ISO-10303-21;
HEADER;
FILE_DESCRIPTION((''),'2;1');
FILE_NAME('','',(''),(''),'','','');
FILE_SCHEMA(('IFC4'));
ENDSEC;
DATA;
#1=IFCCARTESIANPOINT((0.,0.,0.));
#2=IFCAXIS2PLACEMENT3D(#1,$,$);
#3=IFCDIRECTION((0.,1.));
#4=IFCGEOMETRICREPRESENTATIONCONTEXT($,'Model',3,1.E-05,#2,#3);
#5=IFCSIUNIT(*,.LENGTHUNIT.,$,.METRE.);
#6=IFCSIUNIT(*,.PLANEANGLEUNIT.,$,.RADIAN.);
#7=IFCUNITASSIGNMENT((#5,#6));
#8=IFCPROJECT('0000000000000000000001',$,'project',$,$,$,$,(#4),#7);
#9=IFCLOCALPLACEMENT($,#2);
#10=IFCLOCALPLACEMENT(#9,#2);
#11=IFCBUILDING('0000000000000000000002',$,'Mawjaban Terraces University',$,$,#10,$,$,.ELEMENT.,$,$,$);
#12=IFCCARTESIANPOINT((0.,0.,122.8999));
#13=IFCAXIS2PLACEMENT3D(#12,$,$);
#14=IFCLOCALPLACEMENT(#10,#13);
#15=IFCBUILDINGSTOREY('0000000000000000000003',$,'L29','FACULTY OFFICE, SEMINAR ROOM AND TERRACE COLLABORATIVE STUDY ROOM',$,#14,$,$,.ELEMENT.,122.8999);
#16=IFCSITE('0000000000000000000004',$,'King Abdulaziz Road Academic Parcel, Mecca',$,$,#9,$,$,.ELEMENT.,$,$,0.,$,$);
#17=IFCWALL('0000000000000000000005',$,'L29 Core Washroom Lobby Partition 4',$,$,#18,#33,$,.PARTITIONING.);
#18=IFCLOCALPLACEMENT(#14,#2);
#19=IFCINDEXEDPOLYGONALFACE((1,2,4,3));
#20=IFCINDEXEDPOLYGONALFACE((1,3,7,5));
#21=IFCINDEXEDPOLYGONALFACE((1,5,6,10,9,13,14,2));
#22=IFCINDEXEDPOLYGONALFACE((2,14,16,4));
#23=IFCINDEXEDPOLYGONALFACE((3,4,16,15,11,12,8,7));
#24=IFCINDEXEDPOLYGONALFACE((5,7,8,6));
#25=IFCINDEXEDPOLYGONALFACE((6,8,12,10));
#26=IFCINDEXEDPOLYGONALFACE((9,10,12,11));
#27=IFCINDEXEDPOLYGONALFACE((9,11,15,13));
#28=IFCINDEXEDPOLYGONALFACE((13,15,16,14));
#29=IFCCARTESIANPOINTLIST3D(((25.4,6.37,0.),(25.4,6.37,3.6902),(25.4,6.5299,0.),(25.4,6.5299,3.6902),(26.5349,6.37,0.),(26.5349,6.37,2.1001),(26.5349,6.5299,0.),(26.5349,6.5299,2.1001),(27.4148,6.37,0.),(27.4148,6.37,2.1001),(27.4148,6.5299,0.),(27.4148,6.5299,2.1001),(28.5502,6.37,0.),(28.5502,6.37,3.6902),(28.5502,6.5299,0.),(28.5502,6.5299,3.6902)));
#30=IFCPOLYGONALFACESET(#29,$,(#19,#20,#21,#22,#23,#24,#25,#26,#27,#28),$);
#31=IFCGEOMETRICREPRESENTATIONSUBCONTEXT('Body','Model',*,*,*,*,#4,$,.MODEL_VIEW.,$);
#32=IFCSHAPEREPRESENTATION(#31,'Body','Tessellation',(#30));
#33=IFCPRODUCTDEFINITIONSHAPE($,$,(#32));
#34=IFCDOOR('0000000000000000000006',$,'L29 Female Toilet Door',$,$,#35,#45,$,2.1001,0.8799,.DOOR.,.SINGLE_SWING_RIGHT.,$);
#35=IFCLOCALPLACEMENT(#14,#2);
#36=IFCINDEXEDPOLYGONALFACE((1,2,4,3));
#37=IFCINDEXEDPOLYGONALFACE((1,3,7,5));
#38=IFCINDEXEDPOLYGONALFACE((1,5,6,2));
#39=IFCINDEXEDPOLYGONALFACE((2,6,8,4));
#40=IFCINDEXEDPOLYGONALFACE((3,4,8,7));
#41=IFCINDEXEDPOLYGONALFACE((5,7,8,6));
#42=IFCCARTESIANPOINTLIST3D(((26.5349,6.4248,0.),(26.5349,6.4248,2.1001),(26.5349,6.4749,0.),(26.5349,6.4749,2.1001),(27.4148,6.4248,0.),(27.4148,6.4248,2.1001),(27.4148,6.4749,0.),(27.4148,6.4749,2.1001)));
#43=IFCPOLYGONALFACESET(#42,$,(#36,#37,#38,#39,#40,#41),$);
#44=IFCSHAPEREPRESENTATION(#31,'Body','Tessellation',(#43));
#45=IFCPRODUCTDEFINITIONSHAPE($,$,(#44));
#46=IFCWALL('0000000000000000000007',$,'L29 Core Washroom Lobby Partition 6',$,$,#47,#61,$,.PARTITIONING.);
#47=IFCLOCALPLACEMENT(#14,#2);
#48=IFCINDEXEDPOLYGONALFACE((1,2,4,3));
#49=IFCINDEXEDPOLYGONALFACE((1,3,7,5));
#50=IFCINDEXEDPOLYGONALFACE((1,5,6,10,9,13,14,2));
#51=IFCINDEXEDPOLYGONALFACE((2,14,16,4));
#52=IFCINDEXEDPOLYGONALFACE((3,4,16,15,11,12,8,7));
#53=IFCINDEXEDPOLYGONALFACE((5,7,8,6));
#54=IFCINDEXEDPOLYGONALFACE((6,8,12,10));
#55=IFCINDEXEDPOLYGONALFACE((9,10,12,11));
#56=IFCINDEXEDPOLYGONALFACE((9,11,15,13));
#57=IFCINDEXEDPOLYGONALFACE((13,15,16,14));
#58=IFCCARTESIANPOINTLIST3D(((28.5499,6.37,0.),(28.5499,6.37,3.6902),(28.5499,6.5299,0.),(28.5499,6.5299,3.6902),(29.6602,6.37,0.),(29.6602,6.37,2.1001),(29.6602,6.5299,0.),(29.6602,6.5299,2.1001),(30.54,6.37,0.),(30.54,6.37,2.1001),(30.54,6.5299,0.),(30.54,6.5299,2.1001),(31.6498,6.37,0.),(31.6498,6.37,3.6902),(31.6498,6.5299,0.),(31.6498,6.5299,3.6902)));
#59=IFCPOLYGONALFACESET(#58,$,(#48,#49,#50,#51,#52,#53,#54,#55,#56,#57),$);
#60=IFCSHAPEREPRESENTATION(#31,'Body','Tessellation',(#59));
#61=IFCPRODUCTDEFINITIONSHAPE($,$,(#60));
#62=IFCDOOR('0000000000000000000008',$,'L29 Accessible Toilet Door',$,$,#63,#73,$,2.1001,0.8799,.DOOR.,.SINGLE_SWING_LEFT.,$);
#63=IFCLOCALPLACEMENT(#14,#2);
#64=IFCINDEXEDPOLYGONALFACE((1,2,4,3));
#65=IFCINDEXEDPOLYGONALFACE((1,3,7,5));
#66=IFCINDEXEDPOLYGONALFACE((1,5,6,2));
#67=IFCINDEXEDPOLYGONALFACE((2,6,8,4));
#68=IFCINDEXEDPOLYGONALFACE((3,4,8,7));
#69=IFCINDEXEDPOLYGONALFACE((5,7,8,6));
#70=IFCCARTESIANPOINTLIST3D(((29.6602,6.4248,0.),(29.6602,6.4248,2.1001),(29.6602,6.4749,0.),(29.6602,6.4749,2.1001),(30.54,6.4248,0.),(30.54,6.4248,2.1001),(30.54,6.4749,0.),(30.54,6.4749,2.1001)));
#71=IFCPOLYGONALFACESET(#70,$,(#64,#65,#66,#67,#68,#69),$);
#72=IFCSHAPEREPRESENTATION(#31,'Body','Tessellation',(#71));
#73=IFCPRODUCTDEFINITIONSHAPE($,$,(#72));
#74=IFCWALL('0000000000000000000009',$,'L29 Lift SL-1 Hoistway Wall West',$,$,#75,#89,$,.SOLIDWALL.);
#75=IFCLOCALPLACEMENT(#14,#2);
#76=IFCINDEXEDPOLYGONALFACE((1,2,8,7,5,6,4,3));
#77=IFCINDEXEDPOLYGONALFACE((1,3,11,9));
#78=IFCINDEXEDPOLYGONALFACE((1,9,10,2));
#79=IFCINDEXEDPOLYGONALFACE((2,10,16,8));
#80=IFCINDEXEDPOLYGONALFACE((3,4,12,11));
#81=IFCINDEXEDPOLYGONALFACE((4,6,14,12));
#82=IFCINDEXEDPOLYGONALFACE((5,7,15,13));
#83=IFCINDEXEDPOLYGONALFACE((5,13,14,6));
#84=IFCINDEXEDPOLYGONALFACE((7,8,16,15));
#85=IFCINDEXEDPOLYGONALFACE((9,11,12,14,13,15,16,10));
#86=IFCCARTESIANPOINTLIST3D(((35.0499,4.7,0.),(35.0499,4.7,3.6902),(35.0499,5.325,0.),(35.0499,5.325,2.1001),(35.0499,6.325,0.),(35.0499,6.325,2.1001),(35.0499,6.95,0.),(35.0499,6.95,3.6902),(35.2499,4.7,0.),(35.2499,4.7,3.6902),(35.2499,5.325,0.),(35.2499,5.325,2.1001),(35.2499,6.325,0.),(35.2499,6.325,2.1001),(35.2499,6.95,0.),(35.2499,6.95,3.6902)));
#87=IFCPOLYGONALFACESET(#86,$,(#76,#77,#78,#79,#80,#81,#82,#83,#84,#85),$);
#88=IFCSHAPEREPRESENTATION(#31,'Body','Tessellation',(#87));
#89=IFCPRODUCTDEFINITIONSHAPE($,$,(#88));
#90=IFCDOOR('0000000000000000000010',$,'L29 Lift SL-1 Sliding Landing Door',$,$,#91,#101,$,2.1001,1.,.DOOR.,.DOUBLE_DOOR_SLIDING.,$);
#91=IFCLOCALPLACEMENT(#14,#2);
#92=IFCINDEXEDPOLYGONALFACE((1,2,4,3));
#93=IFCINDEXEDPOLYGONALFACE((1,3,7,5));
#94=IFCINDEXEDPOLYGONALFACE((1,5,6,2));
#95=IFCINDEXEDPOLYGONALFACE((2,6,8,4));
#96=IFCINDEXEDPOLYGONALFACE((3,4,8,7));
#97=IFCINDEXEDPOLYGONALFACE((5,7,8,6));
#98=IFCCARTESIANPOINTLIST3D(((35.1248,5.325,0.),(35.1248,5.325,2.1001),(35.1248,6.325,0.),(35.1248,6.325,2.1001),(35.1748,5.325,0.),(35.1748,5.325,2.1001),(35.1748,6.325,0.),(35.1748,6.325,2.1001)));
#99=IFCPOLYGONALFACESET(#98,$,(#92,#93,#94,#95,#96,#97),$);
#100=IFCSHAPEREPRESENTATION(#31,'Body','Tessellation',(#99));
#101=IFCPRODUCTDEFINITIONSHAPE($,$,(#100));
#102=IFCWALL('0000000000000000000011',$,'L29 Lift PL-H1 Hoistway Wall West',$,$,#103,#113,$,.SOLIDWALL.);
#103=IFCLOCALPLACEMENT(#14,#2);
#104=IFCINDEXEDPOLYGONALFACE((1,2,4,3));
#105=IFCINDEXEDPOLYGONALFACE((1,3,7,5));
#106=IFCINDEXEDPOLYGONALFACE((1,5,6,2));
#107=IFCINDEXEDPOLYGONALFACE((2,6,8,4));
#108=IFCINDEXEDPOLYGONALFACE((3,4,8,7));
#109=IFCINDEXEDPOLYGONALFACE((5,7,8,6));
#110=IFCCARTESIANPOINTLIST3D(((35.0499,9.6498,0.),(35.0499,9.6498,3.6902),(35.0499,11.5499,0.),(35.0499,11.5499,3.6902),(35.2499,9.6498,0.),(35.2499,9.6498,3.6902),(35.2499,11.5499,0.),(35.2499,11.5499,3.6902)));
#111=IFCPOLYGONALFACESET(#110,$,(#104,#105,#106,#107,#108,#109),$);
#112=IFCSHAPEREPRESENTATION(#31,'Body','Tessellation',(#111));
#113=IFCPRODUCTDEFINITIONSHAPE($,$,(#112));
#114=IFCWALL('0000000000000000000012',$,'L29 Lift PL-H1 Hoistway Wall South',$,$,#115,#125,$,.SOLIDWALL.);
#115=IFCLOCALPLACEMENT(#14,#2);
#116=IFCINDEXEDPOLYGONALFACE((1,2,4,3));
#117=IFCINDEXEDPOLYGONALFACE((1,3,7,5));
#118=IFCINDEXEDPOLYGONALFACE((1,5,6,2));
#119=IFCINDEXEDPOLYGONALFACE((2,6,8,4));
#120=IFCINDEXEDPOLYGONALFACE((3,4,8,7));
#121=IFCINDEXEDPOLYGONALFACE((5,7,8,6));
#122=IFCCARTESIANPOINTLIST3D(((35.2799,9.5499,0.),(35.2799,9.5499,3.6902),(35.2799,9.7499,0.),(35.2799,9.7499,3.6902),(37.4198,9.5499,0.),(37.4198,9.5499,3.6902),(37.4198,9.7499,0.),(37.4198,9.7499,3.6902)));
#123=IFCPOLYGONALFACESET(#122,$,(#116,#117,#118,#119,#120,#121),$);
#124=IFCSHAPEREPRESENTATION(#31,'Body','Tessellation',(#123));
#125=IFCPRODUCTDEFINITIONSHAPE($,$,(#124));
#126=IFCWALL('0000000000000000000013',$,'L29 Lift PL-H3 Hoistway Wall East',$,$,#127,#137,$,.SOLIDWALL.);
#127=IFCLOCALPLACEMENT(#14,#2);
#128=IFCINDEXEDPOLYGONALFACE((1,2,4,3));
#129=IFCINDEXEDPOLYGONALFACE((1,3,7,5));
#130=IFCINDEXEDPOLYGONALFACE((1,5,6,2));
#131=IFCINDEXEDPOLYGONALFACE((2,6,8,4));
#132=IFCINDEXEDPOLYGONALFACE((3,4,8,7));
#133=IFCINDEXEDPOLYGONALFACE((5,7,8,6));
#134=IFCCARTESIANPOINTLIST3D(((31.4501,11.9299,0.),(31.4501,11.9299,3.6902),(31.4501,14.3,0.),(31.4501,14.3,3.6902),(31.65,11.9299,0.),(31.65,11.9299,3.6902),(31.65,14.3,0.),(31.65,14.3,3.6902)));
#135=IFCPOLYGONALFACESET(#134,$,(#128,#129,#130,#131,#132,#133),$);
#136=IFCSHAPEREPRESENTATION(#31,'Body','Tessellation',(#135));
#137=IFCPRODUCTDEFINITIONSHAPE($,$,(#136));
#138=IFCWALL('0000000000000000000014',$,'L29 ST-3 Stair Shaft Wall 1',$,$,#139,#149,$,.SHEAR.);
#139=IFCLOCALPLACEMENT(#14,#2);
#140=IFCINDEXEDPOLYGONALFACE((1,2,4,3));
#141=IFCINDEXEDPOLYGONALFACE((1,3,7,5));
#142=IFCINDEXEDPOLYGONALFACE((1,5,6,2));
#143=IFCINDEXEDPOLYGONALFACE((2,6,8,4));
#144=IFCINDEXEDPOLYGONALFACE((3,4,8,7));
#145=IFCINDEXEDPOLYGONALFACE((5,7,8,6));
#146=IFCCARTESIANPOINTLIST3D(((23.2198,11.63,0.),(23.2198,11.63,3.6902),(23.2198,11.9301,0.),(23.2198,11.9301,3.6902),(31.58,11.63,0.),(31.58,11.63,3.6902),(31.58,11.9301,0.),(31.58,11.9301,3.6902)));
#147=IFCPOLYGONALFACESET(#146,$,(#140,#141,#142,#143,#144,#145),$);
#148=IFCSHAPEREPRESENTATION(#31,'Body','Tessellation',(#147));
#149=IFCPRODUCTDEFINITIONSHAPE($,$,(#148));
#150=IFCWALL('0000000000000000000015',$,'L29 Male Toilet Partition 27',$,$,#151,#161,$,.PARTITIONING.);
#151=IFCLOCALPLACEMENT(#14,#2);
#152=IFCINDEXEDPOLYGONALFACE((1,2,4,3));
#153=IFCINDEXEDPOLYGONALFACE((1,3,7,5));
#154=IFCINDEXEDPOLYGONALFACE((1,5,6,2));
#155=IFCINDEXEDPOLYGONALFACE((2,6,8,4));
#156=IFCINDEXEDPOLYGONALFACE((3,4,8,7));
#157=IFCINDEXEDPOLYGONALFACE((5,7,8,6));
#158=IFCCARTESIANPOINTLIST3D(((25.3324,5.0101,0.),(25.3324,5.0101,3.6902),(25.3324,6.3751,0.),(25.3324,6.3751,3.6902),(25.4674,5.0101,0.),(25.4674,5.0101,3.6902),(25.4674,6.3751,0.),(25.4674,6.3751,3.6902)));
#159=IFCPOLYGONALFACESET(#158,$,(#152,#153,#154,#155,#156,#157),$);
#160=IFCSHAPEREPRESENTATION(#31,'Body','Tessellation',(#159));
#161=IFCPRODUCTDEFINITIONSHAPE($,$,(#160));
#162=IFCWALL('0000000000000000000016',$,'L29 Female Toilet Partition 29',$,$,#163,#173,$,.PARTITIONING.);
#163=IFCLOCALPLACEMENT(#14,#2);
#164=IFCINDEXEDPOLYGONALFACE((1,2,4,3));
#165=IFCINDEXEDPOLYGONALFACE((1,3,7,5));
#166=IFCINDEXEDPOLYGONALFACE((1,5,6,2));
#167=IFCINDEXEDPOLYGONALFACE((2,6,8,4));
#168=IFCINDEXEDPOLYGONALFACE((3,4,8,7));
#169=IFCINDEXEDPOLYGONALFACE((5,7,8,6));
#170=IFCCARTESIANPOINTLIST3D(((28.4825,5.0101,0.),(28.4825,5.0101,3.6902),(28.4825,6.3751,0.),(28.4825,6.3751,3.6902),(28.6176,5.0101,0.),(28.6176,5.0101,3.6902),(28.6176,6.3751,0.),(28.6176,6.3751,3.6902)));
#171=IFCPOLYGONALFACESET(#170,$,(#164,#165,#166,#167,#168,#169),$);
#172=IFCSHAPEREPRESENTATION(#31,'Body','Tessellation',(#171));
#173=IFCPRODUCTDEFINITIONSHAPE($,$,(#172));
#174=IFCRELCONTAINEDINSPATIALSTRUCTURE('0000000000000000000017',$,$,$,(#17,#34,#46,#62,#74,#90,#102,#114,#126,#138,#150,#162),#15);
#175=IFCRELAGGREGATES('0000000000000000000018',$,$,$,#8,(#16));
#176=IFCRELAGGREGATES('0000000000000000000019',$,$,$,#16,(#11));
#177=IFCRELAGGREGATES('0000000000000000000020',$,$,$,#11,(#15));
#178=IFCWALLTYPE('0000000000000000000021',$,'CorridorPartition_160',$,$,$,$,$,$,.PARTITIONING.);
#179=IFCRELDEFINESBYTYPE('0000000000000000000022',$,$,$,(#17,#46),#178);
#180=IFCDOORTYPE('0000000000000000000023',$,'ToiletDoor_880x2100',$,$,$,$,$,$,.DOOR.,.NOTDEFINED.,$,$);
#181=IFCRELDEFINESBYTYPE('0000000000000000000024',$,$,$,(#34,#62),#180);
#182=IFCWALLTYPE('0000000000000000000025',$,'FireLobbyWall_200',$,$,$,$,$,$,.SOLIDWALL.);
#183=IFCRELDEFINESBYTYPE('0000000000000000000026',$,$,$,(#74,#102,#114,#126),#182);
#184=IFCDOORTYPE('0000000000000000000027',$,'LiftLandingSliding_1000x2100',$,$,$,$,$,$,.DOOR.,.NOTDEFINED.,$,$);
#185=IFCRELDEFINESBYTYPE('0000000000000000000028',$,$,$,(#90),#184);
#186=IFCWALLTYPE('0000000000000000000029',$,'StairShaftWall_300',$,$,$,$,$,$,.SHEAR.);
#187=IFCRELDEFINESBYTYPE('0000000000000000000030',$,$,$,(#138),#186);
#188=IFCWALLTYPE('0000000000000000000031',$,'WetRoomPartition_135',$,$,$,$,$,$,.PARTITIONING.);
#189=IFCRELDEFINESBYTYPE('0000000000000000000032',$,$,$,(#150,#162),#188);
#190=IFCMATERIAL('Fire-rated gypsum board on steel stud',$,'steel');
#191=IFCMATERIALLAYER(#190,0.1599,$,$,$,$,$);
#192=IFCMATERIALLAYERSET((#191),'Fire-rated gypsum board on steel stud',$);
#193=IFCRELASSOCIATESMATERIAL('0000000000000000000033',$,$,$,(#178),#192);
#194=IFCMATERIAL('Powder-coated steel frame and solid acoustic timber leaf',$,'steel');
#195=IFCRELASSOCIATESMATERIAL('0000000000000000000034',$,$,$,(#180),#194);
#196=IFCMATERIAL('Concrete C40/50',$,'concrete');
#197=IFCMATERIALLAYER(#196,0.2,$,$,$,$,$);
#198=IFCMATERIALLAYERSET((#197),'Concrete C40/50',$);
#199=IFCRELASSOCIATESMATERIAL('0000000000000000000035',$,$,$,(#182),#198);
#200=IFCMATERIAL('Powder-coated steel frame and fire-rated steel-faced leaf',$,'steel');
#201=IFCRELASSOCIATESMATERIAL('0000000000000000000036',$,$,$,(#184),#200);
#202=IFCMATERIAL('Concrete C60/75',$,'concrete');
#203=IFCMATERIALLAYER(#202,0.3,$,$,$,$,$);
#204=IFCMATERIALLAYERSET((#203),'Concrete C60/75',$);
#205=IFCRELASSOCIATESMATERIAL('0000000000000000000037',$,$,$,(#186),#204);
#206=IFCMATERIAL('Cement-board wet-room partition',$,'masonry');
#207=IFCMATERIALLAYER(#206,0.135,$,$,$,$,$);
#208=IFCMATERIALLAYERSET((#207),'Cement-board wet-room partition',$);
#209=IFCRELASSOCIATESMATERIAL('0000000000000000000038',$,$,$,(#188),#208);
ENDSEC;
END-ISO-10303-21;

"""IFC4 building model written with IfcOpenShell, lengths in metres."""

from ifc_helpers import new_model, si_unit, direction, frame, frame_2d, origin, place, context, subcontext, project, spatial, rectangle, extrude, material, layer, layer_set, type_object, element, fill, save


model = new_model("IFC4")

# Units and contexts
model_context = context("Model", 3, precision=1e-05, world=origin(), true_north=direction((0.0, 1.0)))
body_context = subcontext(model_context, "Body", "Model", "MODEL_VIEW")
ifc_project = project(units=[si_unit("LENGTHUNIT", "METRE"), si_unit("PLANEANGLEUNIT", "RADIAN")], contexts=[model_context])

# Site, building, storey
site_placement = place(None, origin())
site = spatial("IfcSite", under=ifc_project, at=site_placement, Name="King Abdulaziz Road Academic Parcel, Mecca", CompositionType="ELEMENT", RefElevation=0.0)
building_placement = place(site_placement, origin())
building = spatial("IfcBuilding", under=site, at=building_placement, Name="Mawjaban Terraces University", CompositionType="ELEMENT")
storey_placement = place(building_placement, frame((0.0, 0.0, 122.8999)))
storey = spatial("IfcBuildingStorey", under=building, at=storey_placement, Name="L29", Description="FACULTY OFFICE, SEMINAR ROOM AND TERRACE COLLABORATIVE STUDY ROOM", CompositionType="ELEMENT", Elevation=122.8999)

# Walls, openings, doors
ifc_material_1 = material(Name="Fire-rated gypsum board on steel stud", Category="steel")
ifc_layer_1 = layer(ifc_material_1, 0.1599)
ifc_layer_set_1 = layer_set([ifc_layer_1], Name="Fire-rated gypsum board on steel stud")
wall_type_1 = type_object("IfcWallType", Name="CorridorPartition_160", PredefinedType="PARTITIONING", material=ifc_layer_set_1)
wall_1_placement = place(storey_placement, frame((25.3999, 6.45, 0.0), z_axis=(0.0, 0.0, 1.0), x_axis=(1.0, 0.0, 0.0)))
wall_1 = element("IfcWall", 1, at=wall_1_placement, inside=storey, type_object=wall_type_1, Name="L29 Core Washroom Lobby Partition 4", PredefinedType="PARTITIONING", context=body_context, shape_type="SweptSolid", body=[
    extrude(rectangle(XDim=3.1501, YDim=0.1599, at=frame_2d((1.5752, 0.0))), origin(), (0.0, 0.0, 1.0), 3.6902),
])
opening_1_placement = place(wall_1_placement, frame((1.135, 0.0, 0.0)))
opening_1 = element("IfcOpeningElement", 2, at=opening_1_placement, cuts=wall_1, PredefinedType="OPENING", context=body_context, shape_type="SweptSolid", body=[
    extrude(rectangle(XDim=0.8799, YDim=2.1001, at=frame_2d((0.4399, 1.05))), frame((0.0, 0.0898, 0.0), z_axis=(0.0, -1.0, 0.0), x_axis=(1.0, 0.0, 0.0)), (0.0, 0.0, 1.0), 0.1799),
])
ifc_material_2 = material(Name="Powder-coated steel frame and solid acoustic timber leaf", Category="steel")
door_type_1 = type_object("IfcDoorType", Name="ToiletDoor_880x2100", OperationType="NOTDEFINED", PredefinedType="DOOR", material=ifc_material_2)
door_1_placement = place(opening_1_placement, origin())
door_1 = element("IfcDoor", 3, at=door_1_placement, inside=storey, type_object=door_type_1, Name="L29 Female Toilet Door", OperationType="SINGLE_SWING_RIGHT", OverallHeight=2.1001, OverallWidth=0.8799, PredefinedType="DOOR", context=body_context, shape_type="SweptSolid", body=[
    extrude(rectangle(XDim=0.8799, YDim=2.1001, at=frame_2d((0.4399, 1.05))), frame((0.0, 0.0249, 0.0), z_axis=(0.0, -1.0, 0.0), x_axis=(1.0, 0.0, 0.0)), (0.0, 0.0, 1.0), 0.05),
])
fill(opening_1, door_1)
wall_2_placement = place(storey_placement, frame((28.55, 6.45, 0.0), z_axis=(0.0, 0.0, 1.0), x_axis=(1.0, 0.0, 0.0)))
wall_2 = element("IfcWall", 4, at=wall_2_placement, inside=storey, type_object=wall_type_1, Name="L29 Core Washroom Lobby Partition 6", PredefinedType="PARTITIONING", context=body_context, shape_type="SweptSolid", body=[
    extrude(rectangle(XDim=3.0999, YDim=0.1599, at=frame_2d((1.5498, 0.0))), origin(), (0.0, 0.0, 1.0), 3.6902),
])
opening_2_placement = place(wall_2_placement, frame((1.1101, 0.0, 0.0)))
opening_2 = element("IfcOpeningElement", 5, at=opening_2_placement, cuts=wall_2, PredefinedType="OPENING", context=body_context, shape_type="SweptSolid", body=[
    extrude(rectangle(XDim=0.8799, YDim=2.1001, at=frame_2d((0.4399, 1.05))), frame((0.0, 0.0898, 0.0), z_axis=(0.0, -1.0, 0.0), x_axis=(1.0, 0.0, 0.0)), (0.0, 0.0, 1.0), 0.1799),
])
door_2_placement = place(opening_2_placement, origin())
door_2 = element("IfcDoor", 6, at=door_2_placement, inside=storey, type_object=door_type_1, Name="L29 Accessible Toilet Door", OperationType="SINGLE_SWING_LEFT", OverallHeight=2.1001, OverallWidth=0.8799, PredefinedType="DOOR", context=body_context, shape_type="SweptSolid", body=[
    extrude(rectangle(XDim=0.8799, YDim=2.1001, at=frame_2d((0.4399, 1.05))), frame((0.0, 0.0249, 0.0), z_axis=(0.0, -1.0, 0.0), x_axis=(1.0, 0.0, 0.0)), (0.0, 0.0, 1.0), 0.05),
])
fill(opening_2, door_2)
ifc_material_3 = material(Name="Concrete C40/50", Category="concrete")
ifc_layer_2 = layer(ifc_material_3, 0.2)
ifc_layer_set_2 = layer_set([ifc_layer_2], Name="Concrete C40/50")
wall_type_2 = type_object("IfcWallType", Name="FireLobbyWall_200", PredefinedType="SOLIDWALL", material=ifc_layer_set_2)
wall_3_placement = place(storey_placement, frame((35.1499, 6.95, 0.0), z_axis=(0.0, 0.0, 1.0), x_axis=(0.0, -1.0, 0.0)))
wall_3 = element("IfcWall", 7, at=wall_3_placement, inside=storey, type_object=wall_type_2, Name="L29 Lift SL-1 Hoistway Wall West", PredefinedType="SOLIDWALL", context=body_context, shape_type="SweptSolid", body=[
    extrude(rectangle(XDim=2.25, YDim=0.2, at=frame_2d((1.125, 0.0))), origin(), (0.0, 0.0, 1.0), 3.6902),
])
opening_3_placement = place(wall_3_placement, frame((0.625, 0.0, 0.0)))
opening_3 = element("IfcOpeningElement", 8, at=opening_3_placement, cuts=wall_3, PredefinedType="OPENING", context=body_context, shape_type="SweptSolid", body=[
    extrude(rectangle(XDim=1.0, YDim=2.1001, at=frame_2d((0.5, 1.05))), frame((0.0, 0.1099, 0.0), z_axis=(0.0, -1.0, 0.0), x_axis=(1.0, 0.0, 0.0)), (0.0, 0.0, 1.0), 0.22),
])
ifc_material_4 = material(Name="Powder-coated steel frame and fire-rated steel-faced leaf", Category="steel")
door_type_2 = type_object("IfcDoorType", Name="LiftLandingSliding_1000x2100", OperationType="NOTDEFINED", PredefinedType="DOOR", material=ifc_material_4)
door_3_placement = place(opening_3_placement, origin())
door_3 = element("IfcDoor", 9, at=door_3_placement, inside=storey, type_object=door_type_2, Name="L29 Lift SL-1 Sliding Landing Door", OperationType="DOUBLE_DOOR_SLIDING", OverallHeight=2.1001, OverallWidth=1.0, PredefinedType="DOOR", context=body_context, shape_type="SweptSolid", body=[
    extrude(rectangle(XDim=1.0, YDim=2.1001, at=frame_2d((0.5, 1.05))), frame((0.0, 0.0249, 0.0), z_axis=(0.0, -1.0, 0.0), x_axis=(1.0, 0.0, 0.0)), (0.0, 0.0, 1.0), 0.05),
])
fill(opening_3, door_3)

# Walls
wall_4_placement = place(storey_placement, frame((35.1499, 11.55, 0.0), z_axis=(0.0, 0.0, 1.0), x_axis=(0.0, -1.0, 0.0)))
element("IfcWall", 10, at=wall_4_placement, inside=storey, type_object=wall_type_2, Name="L29 Lift PL-H1 Hoistway Wall West", PredefinedType="SOLIDWALL", context=body_context, shape_type="SweptSolid", body=[
    extrude(rectangle(XDim=1.9001, YDim=0.2, at=frame_2d((0.9502, 0.0))), origin(), (0.0, 0.0, 1.0), 3.6902),
])
wall_5_placement = place(storey_placement, frame((35.28, 9.6499, 0.0), z_axis=(0.0, 0.0, 1.0), x_axis=(1.0, 0.0, 0.0)))
element("IfcWall", 11, at=wall_5_placement, inside=storey, type_object=wall_type_2, Name="L29 Lift PL-H1 Hoistway Wall South", PredefinedType="SOLIDWALL", context=body_context, shape_type="SweptSolid", body=[
    extrude(rectangle(XDim=2.1399, YDim=0.2, at=frame_2d((1.0698, 0.0))), origin(), (0.0, 0.0, 1.0), 3.6902),
])
wall_6_placement = place(storey_placement, frame((31.55, 11.9299, 0.0), z_axis=(0.0, 0.0, 1.0), x_axis=(0.0, 1.0, 0.0)))
element("IfcWall", 12, at=wall_6_placement, inside=storey, type_object=wall_type_2, Name="L29 Lift PL-H3 Hoistway Wall East", PredefinedType="SOLIDWALL", context=body_context, shape_type="SweptSolid", body=[
    extrude(rectangle(XDim=2.3701, YDim=0.2, at=frame_2d((1.1851, 0.0))), origin(), (0.0, 0.0, 1.0), 3.6902),
])
ifc_material_5 = material(Name="Concrete C60/75", Category="concrete")
ifc_layer_3 = layer(ifc_material_5, 0.3)
ifc_layer_set_3 = layer_set([ifc_layer_3], Name="Concrete C60/75")
wall_type_3 = type_object("IfcWallType", Name="StairShaftWall_300", PredefinedType="SHEAR", material=ifc_layer_set_3)
wall_7_placement = place(storey_placement, frame((31.5801, 11.78, 0.0), z_axis=(0.0, 0.0, 1.0), x_axis=(-1.0, 0.0, 0.0)))
element("IfcWall", 13, at=wall_7_placement, inside=storey, type_object=wall_type_3, Name="L29 ST-3 Stair Shaft Wall 1", PredefinedType="SHEAR", context=body_context, shape_type="SweptSolid", body=[
    extrude(rectangle(XDim=8.3601, YDim=0.3, at=frame_2d((4.1802, 0.0))), origin(), (0.0, 0.0, 1.0), 3.6902),
])

# Walls
ifc_material_6 = material(Name="Cement-board wet-room partition", Category="masonry")
ifc_layer_4 = layer(ifc_material_6, 0.135)
ifc_layer_set_4 = layer_set([ifc_layer_4], Name="Cement-board wet-room partition")
wall_type_4 = type_object("IfcWallType", Name="WetRoomPartition_135", PredefinedType="PARTITIONING", material=ifc_layer_set_4)
for number, where, z_axis, x_axis, name in (
    (14, (25.3999, 5.01, 0.0), (0.0, 0.0, 1.0), (0.0, 1.0, 0.0), "L29 Male Toilet Partition 27"),
    (15, (28.55, 5.01, 0.0), (0.0, 0.0, 1.0), (0.0, 1.0, 0.0), "L29 Female Toilet Partition 29"),
):
    element("IfcWall", number, at=place(storey_placement, frame(where, z_axis=z_axis, x_axis=x_axis)), inside=storey, type_object=wall_type_4, Name=name, PredefinedType="PARTITIONING", context=body_context, shape_type="SweptSolid", body=[
        extrude(rectangle(XDim=1.365, YDim=0.135, at=frame_2d((0.6826, 0.0))), origin(), (0.0, 0.0, 1.0), 3.6902),
    ])

save(model, "model.ifc")
